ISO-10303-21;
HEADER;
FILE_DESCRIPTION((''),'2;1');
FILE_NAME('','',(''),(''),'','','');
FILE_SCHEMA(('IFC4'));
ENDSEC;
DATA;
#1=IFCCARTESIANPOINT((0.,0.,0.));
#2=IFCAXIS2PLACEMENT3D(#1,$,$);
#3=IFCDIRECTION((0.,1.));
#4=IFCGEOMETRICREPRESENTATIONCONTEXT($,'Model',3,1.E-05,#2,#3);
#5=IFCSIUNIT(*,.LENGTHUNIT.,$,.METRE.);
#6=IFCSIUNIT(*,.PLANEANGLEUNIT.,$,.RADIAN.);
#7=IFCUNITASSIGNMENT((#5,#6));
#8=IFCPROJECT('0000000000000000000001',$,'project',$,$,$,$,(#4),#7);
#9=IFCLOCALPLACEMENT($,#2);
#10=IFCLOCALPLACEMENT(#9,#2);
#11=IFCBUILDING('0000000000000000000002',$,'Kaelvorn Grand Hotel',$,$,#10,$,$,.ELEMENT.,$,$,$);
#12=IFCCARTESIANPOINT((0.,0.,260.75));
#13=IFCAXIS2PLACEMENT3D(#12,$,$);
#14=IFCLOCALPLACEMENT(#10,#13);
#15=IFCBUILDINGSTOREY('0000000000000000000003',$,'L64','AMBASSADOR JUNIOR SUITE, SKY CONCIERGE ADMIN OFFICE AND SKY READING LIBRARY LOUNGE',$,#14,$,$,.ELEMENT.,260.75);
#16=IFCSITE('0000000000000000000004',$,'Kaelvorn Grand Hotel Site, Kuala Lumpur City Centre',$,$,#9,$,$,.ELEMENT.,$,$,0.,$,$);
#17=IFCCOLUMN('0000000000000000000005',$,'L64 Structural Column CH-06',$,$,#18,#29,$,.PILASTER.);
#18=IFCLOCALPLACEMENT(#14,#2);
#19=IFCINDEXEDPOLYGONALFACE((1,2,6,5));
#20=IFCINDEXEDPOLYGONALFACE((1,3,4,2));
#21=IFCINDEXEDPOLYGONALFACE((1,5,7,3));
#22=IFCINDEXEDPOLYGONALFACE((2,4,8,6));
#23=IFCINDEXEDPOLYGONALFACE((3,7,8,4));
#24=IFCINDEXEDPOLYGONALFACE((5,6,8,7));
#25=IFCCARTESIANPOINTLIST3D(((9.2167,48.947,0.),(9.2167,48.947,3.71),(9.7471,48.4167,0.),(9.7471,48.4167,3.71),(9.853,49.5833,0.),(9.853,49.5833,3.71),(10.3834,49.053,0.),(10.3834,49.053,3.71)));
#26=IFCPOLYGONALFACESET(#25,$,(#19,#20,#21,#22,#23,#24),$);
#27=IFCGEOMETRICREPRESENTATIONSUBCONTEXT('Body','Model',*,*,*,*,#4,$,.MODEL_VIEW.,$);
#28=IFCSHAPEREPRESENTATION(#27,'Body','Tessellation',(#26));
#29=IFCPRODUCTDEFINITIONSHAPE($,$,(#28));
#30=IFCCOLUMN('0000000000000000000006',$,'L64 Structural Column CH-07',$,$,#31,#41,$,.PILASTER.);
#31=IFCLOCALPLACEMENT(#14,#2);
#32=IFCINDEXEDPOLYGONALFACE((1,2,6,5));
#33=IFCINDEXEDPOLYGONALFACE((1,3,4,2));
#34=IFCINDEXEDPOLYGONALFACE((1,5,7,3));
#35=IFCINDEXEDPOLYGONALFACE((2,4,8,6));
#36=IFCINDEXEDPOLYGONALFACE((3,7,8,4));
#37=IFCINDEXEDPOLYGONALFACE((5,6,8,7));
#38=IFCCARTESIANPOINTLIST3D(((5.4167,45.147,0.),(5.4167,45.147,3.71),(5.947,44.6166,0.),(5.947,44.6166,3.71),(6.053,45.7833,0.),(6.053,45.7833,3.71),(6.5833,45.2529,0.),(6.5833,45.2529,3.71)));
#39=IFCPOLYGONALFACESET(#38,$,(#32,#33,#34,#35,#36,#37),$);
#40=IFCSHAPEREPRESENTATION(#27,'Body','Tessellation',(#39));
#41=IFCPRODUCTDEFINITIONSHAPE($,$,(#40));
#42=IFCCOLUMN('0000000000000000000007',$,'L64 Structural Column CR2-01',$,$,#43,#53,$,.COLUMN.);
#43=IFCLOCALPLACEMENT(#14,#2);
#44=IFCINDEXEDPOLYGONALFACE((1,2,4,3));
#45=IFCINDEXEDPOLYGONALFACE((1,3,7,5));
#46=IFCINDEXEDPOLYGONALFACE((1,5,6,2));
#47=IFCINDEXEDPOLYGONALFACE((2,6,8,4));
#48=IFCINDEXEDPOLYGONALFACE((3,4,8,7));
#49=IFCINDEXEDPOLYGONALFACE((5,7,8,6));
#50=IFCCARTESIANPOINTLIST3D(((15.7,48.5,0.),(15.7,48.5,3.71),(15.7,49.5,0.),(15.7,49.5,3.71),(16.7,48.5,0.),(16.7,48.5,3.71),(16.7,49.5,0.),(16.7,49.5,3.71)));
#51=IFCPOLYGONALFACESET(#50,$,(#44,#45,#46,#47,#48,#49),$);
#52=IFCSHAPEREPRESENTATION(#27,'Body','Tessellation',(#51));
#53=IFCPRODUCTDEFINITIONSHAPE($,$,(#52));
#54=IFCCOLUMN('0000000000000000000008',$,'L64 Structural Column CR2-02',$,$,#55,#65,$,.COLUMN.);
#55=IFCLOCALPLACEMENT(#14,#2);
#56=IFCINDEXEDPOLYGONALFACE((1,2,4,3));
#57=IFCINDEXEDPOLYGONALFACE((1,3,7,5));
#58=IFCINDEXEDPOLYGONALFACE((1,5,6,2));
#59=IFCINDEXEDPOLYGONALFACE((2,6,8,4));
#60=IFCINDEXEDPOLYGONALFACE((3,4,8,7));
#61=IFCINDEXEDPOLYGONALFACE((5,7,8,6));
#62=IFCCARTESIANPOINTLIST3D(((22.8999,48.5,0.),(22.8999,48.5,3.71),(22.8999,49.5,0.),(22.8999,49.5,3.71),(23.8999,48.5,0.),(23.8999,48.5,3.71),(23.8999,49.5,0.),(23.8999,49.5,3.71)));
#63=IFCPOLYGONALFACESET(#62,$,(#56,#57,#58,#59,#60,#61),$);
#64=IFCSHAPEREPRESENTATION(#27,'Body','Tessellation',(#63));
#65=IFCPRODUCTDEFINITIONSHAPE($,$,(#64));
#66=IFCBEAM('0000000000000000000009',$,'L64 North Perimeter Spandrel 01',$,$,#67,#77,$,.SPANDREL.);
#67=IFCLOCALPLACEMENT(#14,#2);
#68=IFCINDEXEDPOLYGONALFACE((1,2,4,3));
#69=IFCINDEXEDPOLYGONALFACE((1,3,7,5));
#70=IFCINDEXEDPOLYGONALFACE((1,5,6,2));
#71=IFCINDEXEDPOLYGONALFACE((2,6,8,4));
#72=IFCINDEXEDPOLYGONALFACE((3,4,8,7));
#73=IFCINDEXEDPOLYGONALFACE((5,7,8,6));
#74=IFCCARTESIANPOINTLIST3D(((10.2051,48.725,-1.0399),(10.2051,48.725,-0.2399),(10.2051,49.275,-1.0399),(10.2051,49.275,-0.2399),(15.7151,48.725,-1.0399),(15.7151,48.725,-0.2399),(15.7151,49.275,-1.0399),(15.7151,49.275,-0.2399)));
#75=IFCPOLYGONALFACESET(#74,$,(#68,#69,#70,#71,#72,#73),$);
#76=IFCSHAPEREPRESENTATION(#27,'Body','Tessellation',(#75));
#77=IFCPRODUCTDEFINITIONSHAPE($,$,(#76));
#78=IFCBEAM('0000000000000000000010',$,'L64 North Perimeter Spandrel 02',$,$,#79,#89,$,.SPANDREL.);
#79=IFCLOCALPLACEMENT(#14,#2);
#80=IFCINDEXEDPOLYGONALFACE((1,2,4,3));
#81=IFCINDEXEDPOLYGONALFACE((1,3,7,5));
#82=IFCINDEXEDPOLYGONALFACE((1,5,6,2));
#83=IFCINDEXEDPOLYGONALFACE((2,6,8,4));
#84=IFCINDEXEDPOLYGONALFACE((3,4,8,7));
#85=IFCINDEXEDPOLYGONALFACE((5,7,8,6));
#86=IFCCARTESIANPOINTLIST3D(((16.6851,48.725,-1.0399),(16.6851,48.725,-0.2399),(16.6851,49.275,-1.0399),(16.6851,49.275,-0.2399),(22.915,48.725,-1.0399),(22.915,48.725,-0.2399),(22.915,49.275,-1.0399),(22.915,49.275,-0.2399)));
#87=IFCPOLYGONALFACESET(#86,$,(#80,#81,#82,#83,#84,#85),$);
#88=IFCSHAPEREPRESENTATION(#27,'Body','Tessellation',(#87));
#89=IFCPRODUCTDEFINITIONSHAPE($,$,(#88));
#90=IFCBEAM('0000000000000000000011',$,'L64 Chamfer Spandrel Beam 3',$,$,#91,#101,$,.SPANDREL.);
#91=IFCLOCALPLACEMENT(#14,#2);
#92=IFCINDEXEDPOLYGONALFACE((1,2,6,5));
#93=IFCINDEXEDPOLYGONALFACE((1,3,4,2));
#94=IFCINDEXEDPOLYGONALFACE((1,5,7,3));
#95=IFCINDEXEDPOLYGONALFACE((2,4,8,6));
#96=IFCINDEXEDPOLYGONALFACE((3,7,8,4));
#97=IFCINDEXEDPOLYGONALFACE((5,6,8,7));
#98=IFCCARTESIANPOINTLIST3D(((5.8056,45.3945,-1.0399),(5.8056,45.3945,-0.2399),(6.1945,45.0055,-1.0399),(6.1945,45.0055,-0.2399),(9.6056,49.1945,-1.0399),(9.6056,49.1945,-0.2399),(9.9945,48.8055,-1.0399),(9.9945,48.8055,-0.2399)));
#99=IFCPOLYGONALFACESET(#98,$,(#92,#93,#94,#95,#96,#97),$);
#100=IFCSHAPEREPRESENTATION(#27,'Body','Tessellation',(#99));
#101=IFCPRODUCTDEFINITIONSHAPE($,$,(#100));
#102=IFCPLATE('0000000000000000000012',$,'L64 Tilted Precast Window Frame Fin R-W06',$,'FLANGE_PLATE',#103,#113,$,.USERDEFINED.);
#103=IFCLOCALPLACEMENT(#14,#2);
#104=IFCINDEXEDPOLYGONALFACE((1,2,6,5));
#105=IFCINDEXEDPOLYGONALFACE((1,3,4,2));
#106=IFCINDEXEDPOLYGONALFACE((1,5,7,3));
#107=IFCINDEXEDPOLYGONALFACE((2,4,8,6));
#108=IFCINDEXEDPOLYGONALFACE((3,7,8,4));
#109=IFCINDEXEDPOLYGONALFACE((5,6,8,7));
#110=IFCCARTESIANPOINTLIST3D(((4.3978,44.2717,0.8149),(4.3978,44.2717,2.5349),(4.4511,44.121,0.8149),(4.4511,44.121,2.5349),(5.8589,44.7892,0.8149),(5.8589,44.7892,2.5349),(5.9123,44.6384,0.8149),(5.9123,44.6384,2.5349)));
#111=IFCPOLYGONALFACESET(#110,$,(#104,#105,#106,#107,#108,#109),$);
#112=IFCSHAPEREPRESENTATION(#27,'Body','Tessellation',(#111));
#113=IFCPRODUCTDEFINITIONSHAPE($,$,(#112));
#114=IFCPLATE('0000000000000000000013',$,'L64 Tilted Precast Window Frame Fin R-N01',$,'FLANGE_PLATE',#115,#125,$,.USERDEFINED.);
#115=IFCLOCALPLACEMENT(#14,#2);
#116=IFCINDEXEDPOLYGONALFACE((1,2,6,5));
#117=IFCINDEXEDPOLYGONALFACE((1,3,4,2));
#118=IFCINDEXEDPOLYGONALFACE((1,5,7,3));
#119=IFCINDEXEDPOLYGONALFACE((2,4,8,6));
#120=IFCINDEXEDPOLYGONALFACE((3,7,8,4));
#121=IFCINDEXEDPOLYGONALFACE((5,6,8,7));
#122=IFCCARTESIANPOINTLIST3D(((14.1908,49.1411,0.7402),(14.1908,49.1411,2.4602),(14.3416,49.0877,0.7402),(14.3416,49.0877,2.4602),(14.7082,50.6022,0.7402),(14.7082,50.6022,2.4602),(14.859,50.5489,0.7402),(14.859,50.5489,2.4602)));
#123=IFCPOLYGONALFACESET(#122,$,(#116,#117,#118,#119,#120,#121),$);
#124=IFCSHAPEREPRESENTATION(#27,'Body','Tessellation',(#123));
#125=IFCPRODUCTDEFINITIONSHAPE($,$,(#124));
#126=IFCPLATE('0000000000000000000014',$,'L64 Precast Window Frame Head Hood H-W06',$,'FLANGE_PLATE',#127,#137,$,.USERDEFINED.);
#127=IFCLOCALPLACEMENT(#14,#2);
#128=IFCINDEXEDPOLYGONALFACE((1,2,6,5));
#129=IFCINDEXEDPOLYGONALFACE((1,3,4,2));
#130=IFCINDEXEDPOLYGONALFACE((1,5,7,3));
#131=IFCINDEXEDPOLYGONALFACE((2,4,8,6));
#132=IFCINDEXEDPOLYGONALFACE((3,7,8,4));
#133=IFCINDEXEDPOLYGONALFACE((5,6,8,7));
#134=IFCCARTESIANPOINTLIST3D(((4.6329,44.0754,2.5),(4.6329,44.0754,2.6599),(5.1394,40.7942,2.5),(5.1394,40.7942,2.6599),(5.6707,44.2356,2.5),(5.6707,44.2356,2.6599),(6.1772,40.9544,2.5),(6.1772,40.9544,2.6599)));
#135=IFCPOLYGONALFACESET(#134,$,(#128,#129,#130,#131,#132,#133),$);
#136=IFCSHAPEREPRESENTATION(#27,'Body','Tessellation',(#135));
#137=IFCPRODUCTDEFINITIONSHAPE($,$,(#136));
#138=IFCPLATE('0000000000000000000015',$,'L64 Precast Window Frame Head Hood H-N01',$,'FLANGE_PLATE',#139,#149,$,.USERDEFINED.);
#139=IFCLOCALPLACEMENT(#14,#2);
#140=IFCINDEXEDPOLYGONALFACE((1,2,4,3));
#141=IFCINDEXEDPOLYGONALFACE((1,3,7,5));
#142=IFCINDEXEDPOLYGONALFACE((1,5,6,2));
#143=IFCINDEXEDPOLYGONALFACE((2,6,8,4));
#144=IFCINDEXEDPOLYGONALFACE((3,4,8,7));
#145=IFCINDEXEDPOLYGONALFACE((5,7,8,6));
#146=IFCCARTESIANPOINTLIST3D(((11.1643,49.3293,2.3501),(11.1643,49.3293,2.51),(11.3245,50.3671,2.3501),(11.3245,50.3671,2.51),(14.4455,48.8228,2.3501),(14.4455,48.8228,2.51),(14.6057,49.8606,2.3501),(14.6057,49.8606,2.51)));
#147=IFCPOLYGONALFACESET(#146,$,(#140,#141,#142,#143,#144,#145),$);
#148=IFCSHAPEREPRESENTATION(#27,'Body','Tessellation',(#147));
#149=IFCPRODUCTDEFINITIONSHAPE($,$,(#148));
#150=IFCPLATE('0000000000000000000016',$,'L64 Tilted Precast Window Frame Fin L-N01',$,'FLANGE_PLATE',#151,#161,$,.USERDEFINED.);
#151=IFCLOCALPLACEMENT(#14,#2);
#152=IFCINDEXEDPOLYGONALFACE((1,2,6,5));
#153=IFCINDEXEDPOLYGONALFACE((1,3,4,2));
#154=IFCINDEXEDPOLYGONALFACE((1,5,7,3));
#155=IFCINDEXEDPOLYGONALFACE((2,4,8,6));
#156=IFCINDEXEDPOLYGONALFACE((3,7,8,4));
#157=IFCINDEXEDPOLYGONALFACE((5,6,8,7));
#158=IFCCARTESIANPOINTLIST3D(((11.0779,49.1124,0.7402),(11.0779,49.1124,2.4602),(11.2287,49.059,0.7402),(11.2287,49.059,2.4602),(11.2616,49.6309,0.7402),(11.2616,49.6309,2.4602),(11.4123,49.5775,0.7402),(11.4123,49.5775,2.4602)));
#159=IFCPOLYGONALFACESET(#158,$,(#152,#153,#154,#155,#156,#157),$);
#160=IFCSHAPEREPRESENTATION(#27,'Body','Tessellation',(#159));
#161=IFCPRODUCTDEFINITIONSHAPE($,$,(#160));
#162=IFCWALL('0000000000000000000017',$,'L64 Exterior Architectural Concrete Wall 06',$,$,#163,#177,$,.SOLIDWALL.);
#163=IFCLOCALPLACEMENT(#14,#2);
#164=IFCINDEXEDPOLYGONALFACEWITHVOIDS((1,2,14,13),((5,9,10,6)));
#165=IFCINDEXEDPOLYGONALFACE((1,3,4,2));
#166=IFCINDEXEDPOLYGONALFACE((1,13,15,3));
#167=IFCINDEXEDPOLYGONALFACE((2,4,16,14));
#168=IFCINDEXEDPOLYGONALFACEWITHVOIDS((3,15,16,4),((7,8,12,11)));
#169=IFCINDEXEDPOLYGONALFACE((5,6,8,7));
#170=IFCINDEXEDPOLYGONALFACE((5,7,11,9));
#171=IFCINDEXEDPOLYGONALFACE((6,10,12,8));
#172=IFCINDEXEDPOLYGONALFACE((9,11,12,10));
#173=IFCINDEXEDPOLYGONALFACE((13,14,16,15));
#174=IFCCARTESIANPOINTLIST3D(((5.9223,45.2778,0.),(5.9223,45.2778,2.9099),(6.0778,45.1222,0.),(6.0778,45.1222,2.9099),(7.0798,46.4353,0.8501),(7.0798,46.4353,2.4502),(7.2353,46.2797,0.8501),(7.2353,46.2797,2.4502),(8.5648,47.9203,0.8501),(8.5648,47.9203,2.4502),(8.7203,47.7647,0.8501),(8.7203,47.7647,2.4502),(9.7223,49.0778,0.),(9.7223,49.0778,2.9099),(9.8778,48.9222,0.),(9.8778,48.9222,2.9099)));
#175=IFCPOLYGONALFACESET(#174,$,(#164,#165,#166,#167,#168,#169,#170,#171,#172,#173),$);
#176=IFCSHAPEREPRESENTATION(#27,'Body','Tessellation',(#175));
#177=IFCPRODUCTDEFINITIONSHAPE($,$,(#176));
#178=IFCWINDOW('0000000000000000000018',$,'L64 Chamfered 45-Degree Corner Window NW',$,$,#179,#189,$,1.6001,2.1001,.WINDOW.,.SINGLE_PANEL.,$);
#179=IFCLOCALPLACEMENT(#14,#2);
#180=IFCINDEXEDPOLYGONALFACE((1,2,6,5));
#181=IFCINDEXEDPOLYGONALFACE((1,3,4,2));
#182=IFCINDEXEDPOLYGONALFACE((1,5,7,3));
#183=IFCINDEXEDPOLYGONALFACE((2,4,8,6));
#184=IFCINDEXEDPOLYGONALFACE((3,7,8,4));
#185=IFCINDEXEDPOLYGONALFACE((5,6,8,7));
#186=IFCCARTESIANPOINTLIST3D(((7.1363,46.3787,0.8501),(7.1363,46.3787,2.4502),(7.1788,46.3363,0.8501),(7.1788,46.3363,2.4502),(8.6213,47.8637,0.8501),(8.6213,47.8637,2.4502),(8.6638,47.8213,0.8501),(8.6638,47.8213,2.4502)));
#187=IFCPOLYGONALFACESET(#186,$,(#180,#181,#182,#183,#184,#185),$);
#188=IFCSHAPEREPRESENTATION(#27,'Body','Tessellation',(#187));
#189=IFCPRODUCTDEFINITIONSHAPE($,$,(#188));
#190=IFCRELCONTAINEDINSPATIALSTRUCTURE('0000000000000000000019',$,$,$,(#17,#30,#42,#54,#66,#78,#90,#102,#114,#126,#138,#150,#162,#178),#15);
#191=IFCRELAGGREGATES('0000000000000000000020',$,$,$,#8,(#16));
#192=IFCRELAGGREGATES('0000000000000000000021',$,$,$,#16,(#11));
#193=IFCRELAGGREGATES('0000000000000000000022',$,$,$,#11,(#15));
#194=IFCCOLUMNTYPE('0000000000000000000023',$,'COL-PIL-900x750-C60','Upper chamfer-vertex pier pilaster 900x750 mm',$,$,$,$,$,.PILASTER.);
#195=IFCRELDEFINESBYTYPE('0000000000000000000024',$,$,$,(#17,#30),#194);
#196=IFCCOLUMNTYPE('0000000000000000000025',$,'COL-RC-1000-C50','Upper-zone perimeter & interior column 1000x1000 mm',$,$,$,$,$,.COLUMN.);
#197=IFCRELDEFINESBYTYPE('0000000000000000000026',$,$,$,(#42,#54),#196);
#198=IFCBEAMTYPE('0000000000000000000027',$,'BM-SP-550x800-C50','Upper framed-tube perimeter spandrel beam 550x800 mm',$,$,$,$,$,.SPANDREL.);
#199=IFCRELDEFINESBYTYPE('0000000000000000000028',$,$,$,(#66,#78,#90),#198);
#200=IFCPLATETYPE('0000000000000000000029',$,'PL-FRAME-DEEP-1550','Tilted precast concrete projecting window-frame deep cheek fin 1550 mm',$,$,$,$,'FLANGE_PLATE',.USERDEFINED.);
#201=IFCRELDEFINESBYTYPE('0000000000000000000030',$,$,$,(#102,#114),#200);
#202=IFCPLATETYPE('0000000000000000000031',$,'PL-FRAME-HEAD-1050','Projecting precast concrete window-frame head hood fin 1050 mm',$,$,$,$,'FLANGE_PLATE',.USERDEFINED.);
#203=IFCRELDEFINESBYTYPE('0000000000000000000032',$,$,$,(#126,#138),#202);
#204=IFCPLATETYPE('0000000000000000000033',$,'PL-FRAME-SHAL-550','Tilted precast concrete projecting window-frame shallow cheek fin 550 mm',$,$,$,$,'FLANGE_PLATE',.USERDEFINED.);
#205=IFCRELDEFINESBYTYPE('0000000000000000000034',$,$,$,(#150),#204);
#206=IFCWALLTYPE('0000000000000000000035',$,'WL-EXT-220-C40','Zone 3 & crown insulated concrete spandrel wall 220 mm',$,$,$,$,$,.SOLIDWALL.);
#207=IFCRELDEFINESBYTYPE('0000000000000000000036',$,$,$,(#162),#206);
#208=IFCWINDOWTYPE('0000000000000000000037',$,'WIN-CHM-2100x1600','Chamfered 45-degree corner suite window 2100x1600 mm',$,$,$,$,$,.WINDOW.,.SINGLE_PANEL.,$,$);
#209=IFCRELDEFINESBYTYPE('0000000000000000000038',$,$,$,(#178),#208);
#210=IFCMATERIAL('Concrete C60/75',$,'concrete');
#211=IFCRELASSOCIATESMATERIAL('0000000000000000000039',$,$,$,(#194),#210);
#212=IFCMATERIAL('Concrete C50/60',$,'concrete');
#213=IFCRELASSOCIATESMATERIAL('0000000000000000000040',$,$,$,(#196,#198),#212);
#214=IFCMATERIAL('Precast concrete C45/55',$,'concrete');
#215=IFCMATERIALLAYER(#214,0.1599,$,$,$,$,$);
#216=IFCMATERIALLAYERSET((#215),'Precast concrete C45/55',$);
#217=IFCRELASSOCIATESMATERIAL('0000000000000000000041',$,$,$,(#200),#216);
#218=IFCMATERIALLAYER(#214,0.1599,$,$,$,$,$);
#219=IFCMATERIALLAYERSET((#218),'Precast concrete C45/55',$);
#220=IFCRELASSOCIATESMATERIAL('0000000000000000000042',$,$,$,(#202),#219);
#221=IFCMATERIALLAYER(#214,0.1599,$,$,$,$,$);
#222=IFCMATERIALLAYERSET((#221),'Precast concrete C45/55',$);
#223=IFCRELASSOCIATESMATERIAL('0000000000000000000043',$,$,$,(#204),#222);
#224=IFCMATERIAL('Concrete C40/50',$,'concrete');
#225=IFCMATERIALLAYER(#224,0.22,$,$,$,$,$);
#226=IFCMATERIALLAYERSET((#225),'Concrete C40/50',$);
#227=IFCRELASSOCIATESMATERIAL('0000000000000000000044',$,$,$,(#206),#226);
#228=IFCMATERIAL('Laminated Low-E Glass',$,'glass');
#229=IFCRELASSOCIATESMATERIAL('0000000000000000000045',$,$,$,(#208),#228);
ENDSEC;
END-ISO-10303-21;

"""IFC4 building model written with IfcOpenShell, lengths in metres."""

from ifc_helpers import new_model, si_unit, direction, frame, frame_2d, origin, origin_2d, place, context, subcontext, project, spatial, rectangle, extrude, material, layer, layer_set, material_profile, profile_set, type_object, element, fill, save


model = new_model("IFC4")

# Units and contexts
model_context = context("Model", 3, precision=1e-05, world=origin(), true_north=direction((0.0, 1.0)))
body_context = subcontext(model_context, "Body", "Model", "MODEL_VIEW")
ifc_project = project(units=[si_unit("LENGTHUNIT", "METRE"), si_unit("PLANEANGLEUNIT", "RADIAN")], contexts=[model_context])

# Site, building, storey
site_placement = place(None, origin())
site = spatial("IfcSite", under=ifc_project, at=site_placement, Name="Kaelvorn Grand Hotel Site, Kuala Lumpur City Centre", CompositionType="ELEMENT", RefElevation=0.0)
building_placement = place(site_placement, origin())
building = spatial("IfcBuilding", under=site, at=building_placement, Name="Kaelvorn Grand Hotel", CompositionType="ELEMENT")
storey_placement = place(building_placement, frame((0.0, 0.0, 260.75)))
storey = spatial("IfcBuildingStorey", under=building, at=storey_placement, Name="L64", Description="AMBASSADOR JUNIOR SUITE, SKY CONCIERGE ADMIN OFFICE AND SKY READING LIBRARY LOUNGE", CompositionType="ELEMENT", Elevation=260.75)

# Columns
ifc_material_1 = material(Name="Concrete C60/75", Category="concrete")
ifc_material_profile_1 = material_profile(ifc_material_1, rectangle(XDim=0.8999, YDim=0.75, at=origin_2d()), Name="RC PILASTER 900x750")
ifc_profile_set_1 = profile_set([ifc_material_profile_1], Name="Concrete C60/75")
column_type_1 = type_object("IfcColumnType", Name="COL-PIL-900x750-C60", Description="Upper chamfer-vertex pier pilaster 900x750 mm", PredefinedType="PILASTER", material=ifc_profile_set_1)
for number, where, z_axis, x_axis, name in (
    (1, (9.8, 49.0, 0.0), (0.0, 0.0, 1.0), (0.707107, 0.707107, 0.0), "L64 Structural Column CH-06"),
    (2, (6.0, 45.2, 0.0), (0.0, 0.0, 1.0), (0.707107, 0.707107, 0.0), "L64 Structural Column CH-07"),
):
    element("IfcColumn", number, at=place(storey_placement, frame(where, z_axis=z_axis, x_axis=x_axis)), inside=storey, type_object=column_type_1, Name=name, PredefinedType="PILASTER", context=body_context, shape_type="SweptSolid", body=[
        extrude(rectangle(XDim=0.8999, YDim=0.75, at=origin_2d()), origin(), (0.0, 0.0, 1.0), 3.71),
    ])
ifc_material_2 = material(Name="Concrete C50/60", Category="concrete")
ifc_material_profile_2 = material_profile(ifc_material_2, rectangle(XDim=1.0, YDim=1.0, at=origin_2d()), Name="RC COL 1000x1000")
ifc_profile_set_2 = profile_set([ifc_material_profile_2], Name="Concrete C50/60")
column_type_2 = type_object("IfcColumnType", Name="COL-RC-1000-C50", Description="Upper-zone perimeter & interior column 1000x1000 mm", PredefinedType="COLUMN", material=ifc_profile_set_2)
for number, where, z_axis, x_axis, name in (
    (3, (16.2, 49.0, 0.0), (0.0, 0.0, 1.0), (1.0, 0.0, 0.0), "L64 Structural Column CR2-01"),
    (4, (23.3999, 49.0, 0.0), (0.0, 0.0, 1.0), (1.0, 0.0, 0.0), "L64 Structural Column CR2-02"),
):
    element("IfcColumn", number, at=place(storey_placement, frame(where, z_axis=z_axis, x_axis=x_axis)), inside=storey, type_object=column_type_2, Name=name, PredefinedType="COLUMN", context=body_context, shape_type="SweptSolid", body=[
        extrude(rectangle(XDim=1.0, YDim=1.0, at=origin_2d()), origin(), (0.0, 0.0, 1.0), 3.71),
    ])

# Beams
ifc_material_profile_3 = material_profile(ifc_material_2, rectangle(XDim=0.55, YDim=0.8, at=origin_2d()), Name="RC SPANDREL 550x800")
ifc_profile_set_3 = profile_set([ifc_material_profile_3], Name="Concrete C50/60")
beam_type = type_object("IfcBeamType", Name="BM-SP-550x800-C50", Description="Upper framed-tube perimeter spandrel beam 550x800 mm", PredefinedType="SPANDREL", material=ifc_profile_set_3)
beam_1_placement = place(storey_placement, frame((10.2051, 49.0, -0.6399), z_axis=(1.0, 0.0, 0.0), x_axis=(0.0, 1.0, 0.0)))
element("IfcBeam", 5, at=beam_1_placement, inside=storey, type_object=beam_type, Name="L64 North Perimeter Spandrel 01", PredefinedType="SPANDREL", context=body_context, shape_type="SweptSolid", body=[
    extrude(rectangle(XDim=0.55, YDim=0.8, at=origin_2d()), origin(), (0.0, 0.0, 1.0), 5.51),
])
beam_2_placement = place(storey_placement, frame((16.6851, 49.0, -0.6399), z_axis=(1.0, 0.0, 0.0), x_axis=(0.0, 1.0, 0.0)))
element("IfcBeam", 6, at=beam_2_placement, inside=storey, type_object=beam_type, Name="L64 North Perimeter Spandrel 02", PredefinedType="SPANDREL", context=body_context, shape_type="SweptSolid", body=[
    extrude(rectangle(XDim=0.55, YDim=0.8, at=origin_2d()), origin(), (0.0, 0.0, 1.0), 6.23),
])
beam_3_placement = place(storey_placement, frame((9.8, 49.0, -0.6399), z_axis=(-0.707107, -0.707107, 0.0), x_axis=(0.707107, -0.707107, 0.0)))
element("IfcBeam", 7, at=beam_3_placement, inside=storey, type_object=beam_type, Name="L64 Chamfer Spandrel Beam 3", PredefinedType="SPANDREL", context=body_context, shape_type="SweptSolid", body=[
    extrude(rectangle(XDim=0.55, YDim=0.8, at=origin_2d()), origin(), (0.0, 0.0, 1.0), 5.374),
])

# Plates
ifc_material_3 = material(Name="Precast concrete C45/55", Category="concrete")
ifc_layer_1 = layer(ifc_material_3, 0.1599)
ifc_layer_set_1 = layer_set([ifc_layer_1], Name="Precast concrete C45/55")
plate_type_1 = type_object("IfcPlateType", Name="PL-FRAME-DEEP-1550", Description="Tilted precast concrete projecting window-frame deep cheek fin 1550 mm", ElementType="FLANGE_PLATE", PredefinedType="USERDEFINED", material=ifc_layer_set_1)
for number, where, z_axis, x_axis, name in (
    (8, (5.155, 44.4551, 0.8149), (0.0, 0.0, 1.0), (-0.333807, 0.942641, 0.0), "L64 Tilted Precast Window Frame Fin R-W06"),
    (9, (14.5249, 49.845, 0.7402), (0.0, 0.0, 1.0), (0.942641, -0.333807, 0.0), "L64 Tilted Precast Window Frame Fin R-N01"),
):
    element("IfcPlate", number, at=place(storey_placement, frame(where, z_axis=z_axis, x_axis=x_axis)), inside=storey, type_object=plate_type_1, Name=name, ObjectType="FLANGE_PLATE", PredefinedType="USERDEFINED", context=body_context, shape_type="SweptSolid", body=[
        extrude(rectangle(XDim=0.1599, YDim=1.55, at=origin_2d()), origin(), (0.0, 0.0, 1.0), 1.72),
    ])
ifc_layer_2 = layer(ifc_material_3, 0.1599)
ifc_layer_set_2 = layer_set([ifc_layer_2], Name="Precast concrete C45/55")
plate_type_2 = type_object("IfcPlateType", Name="PL-FRAME-HEAD-1050", Description="Projecting precast concrete window-frame head hood fin 1050 mm", ElementType="FLANGE_PLATE", PredefinedType="USERDEFINED", material=ifc_layer_set_2)
for number, where, z_axis, x_axis, name in (
    (10, (5.405, 42.5149, 2.5), (0.0, 0.0, 1.0), (-0.152555, 0.988295, 0.0), "L64 Precast Window Frame Head Hood H-W06"),
    (11, (12.885, 49.595, 2.3501), (0.0, 0.0, 1.0), (0.988295, -0.152555, 0.0), "L64 Precast Window Frame Head Hood H-N01"),
):
    element("IfcPlate", number, at=place(storey_placement, frame(where, z_axis=z_axis, x_axis=x_axis)), inside=storey, type_object=plate_type_2, Name=name, ObjectType="FLANGE_PLATE", PredefinedType="USERDEFINED", context=body_context, shape_type="SweptSolid", body=[
        extrude(rectangle(XDim=3.3201, YDim=1.05, at=origin_2d()), origin(), (0.0, 0.0, 1.0), 0.1599),
    ])
ifc_layer_3 = layer(ifc_material_3, 0.1599)
ifc_layer_set_3 = layer_set([ifc_layer_3], Name="Precast concrete C45/55")
plate_type_3 = type_object("IfcPlateType", Name="PL-FRAME-SHAL-550", Description="Tilted precast concrete projecting window-frame shallow cheek fin 550 mm", ElementType="FLANGE_PLATE", PredefinedType="USERDEFINED", material=ifc_layer_set_3)
plate_placement = place(storey_placement, frame((11.2451, 49.345, 0.7402), z_axis=(0.0, 0.0, 1.0), x_axis=(0.942641, -0.333807, 0.0)))
element("IfcPlate", 12, at=plate_placement, inside=storey, type_object=plate_type_3, Name="L64 Tilted Precast Window Frame Fin L-N01", ObjectType="FLANGE_PLATE", PredefinedType="USERDEFINED", context=body_context, shape_type="SweptSolid", body=[
    extrude(rectangle(XDim=0.1599, YDim=0.55, at=origin_2d()), origin(), (0.0, 0.0, 1.0), 1.72),
])

# Wall, opening, window
ifc_material_4 = material(Name="Concrete C40/50", Category="concrete")
ifc_layer_4 = layer(ifc_material_4, 0.22)
ifc_layer_set_4 = layer_set([ifc_layer_4], Name="Concrete C40/50")
wall_type_1 = type_object("IfcWallType", Name="WL-EXT-220-C40", Description="Zone 3 & crown insulated concrete spandrel wall 220 mm", PredefinedType="SOLIDWALL", material=ifc_layer_set_4)
wall_1_placement = place(storey_placement, frame((9.8, 49.0, 0.0), z_axis=(0.0, 0.0, 1.0), x_axis=(-0.707107, -0.707107, 0.0)))
wall_1 = element("IfcWall", 13, at=wall_1_placement, inside=storey, type_object=wall_type_1, Name="L64 Exterior Architectural Concrete Wall 06", PredefinedType="SOLIDWALL", context=body_context, shape_type="SweptSolid", body=[
    extrude(rectangle(XDim=5.374, YDim=0.22, at=frame_2d((2.687, 0.0))), origin(), (0.0, 0.0, 1.0), 2.9099),
])
opening_1_placement = place(wall_1_placement, frame((1.637, 0.0, 0.8501)))
opening_1 = element("IfcOpeningElement", 14, at=opening_1_placement, cuts=wall_1, PredefinedType="OPENING", context=body_context, shape_type="SweptSolid", body=[
    extrude(rectangle(XDim=2.1001, YDim=1.6001, at=frame_2d((1.05, 0.8))), frame((0.0, 0.1201, 0.0), z_axis=(0.0, -1.0, 0.0), x_axis=(1.0, 0.0, 0.0)), (0.0, 0.0, 1.0), 0.24),
])
ifc_material_5 = material(Name="Laminated Low-E Glass", Category="glass")
window_type_1 = type_object("IfcWindowType", Name="WIN-CHM-2100x1600", Description="Chamfered 45-degree corner suite window 2100x1600 mm", PartitioningType="SINGLE_PANEL", PredefinedType="WINDOW", material=ifc_material_5)
window_1_placement = place(opening_1_placement, origin())
window_1 = element("IfcWindow", 15, at=window_1_placement, inside=storey, type_object=window_type_1, Name="L64 Chamfered 45-Degree Corner Window NW", OverallHeight=1.6001, OverallWidth=2.1001, PartitioningType="SINGLE_PANEL", PredefinedType="WINDOW", context=body_context, shape_type="SweptSolid", body=[
    extrude(rectangle(XDim=2.1001, YDim=1.6001, at=frame_2d((1.05, 0.8))), frame((0.0, 0.03, 0.0), z_axis=(0.0, -1.0, 0.0), x_axis=(1.0, 0.0, 0.0)), (0.0, 0.0, 1.0), 0.0601),
])
fill(opening_1, window_1)

save(model, "model.ifc")
